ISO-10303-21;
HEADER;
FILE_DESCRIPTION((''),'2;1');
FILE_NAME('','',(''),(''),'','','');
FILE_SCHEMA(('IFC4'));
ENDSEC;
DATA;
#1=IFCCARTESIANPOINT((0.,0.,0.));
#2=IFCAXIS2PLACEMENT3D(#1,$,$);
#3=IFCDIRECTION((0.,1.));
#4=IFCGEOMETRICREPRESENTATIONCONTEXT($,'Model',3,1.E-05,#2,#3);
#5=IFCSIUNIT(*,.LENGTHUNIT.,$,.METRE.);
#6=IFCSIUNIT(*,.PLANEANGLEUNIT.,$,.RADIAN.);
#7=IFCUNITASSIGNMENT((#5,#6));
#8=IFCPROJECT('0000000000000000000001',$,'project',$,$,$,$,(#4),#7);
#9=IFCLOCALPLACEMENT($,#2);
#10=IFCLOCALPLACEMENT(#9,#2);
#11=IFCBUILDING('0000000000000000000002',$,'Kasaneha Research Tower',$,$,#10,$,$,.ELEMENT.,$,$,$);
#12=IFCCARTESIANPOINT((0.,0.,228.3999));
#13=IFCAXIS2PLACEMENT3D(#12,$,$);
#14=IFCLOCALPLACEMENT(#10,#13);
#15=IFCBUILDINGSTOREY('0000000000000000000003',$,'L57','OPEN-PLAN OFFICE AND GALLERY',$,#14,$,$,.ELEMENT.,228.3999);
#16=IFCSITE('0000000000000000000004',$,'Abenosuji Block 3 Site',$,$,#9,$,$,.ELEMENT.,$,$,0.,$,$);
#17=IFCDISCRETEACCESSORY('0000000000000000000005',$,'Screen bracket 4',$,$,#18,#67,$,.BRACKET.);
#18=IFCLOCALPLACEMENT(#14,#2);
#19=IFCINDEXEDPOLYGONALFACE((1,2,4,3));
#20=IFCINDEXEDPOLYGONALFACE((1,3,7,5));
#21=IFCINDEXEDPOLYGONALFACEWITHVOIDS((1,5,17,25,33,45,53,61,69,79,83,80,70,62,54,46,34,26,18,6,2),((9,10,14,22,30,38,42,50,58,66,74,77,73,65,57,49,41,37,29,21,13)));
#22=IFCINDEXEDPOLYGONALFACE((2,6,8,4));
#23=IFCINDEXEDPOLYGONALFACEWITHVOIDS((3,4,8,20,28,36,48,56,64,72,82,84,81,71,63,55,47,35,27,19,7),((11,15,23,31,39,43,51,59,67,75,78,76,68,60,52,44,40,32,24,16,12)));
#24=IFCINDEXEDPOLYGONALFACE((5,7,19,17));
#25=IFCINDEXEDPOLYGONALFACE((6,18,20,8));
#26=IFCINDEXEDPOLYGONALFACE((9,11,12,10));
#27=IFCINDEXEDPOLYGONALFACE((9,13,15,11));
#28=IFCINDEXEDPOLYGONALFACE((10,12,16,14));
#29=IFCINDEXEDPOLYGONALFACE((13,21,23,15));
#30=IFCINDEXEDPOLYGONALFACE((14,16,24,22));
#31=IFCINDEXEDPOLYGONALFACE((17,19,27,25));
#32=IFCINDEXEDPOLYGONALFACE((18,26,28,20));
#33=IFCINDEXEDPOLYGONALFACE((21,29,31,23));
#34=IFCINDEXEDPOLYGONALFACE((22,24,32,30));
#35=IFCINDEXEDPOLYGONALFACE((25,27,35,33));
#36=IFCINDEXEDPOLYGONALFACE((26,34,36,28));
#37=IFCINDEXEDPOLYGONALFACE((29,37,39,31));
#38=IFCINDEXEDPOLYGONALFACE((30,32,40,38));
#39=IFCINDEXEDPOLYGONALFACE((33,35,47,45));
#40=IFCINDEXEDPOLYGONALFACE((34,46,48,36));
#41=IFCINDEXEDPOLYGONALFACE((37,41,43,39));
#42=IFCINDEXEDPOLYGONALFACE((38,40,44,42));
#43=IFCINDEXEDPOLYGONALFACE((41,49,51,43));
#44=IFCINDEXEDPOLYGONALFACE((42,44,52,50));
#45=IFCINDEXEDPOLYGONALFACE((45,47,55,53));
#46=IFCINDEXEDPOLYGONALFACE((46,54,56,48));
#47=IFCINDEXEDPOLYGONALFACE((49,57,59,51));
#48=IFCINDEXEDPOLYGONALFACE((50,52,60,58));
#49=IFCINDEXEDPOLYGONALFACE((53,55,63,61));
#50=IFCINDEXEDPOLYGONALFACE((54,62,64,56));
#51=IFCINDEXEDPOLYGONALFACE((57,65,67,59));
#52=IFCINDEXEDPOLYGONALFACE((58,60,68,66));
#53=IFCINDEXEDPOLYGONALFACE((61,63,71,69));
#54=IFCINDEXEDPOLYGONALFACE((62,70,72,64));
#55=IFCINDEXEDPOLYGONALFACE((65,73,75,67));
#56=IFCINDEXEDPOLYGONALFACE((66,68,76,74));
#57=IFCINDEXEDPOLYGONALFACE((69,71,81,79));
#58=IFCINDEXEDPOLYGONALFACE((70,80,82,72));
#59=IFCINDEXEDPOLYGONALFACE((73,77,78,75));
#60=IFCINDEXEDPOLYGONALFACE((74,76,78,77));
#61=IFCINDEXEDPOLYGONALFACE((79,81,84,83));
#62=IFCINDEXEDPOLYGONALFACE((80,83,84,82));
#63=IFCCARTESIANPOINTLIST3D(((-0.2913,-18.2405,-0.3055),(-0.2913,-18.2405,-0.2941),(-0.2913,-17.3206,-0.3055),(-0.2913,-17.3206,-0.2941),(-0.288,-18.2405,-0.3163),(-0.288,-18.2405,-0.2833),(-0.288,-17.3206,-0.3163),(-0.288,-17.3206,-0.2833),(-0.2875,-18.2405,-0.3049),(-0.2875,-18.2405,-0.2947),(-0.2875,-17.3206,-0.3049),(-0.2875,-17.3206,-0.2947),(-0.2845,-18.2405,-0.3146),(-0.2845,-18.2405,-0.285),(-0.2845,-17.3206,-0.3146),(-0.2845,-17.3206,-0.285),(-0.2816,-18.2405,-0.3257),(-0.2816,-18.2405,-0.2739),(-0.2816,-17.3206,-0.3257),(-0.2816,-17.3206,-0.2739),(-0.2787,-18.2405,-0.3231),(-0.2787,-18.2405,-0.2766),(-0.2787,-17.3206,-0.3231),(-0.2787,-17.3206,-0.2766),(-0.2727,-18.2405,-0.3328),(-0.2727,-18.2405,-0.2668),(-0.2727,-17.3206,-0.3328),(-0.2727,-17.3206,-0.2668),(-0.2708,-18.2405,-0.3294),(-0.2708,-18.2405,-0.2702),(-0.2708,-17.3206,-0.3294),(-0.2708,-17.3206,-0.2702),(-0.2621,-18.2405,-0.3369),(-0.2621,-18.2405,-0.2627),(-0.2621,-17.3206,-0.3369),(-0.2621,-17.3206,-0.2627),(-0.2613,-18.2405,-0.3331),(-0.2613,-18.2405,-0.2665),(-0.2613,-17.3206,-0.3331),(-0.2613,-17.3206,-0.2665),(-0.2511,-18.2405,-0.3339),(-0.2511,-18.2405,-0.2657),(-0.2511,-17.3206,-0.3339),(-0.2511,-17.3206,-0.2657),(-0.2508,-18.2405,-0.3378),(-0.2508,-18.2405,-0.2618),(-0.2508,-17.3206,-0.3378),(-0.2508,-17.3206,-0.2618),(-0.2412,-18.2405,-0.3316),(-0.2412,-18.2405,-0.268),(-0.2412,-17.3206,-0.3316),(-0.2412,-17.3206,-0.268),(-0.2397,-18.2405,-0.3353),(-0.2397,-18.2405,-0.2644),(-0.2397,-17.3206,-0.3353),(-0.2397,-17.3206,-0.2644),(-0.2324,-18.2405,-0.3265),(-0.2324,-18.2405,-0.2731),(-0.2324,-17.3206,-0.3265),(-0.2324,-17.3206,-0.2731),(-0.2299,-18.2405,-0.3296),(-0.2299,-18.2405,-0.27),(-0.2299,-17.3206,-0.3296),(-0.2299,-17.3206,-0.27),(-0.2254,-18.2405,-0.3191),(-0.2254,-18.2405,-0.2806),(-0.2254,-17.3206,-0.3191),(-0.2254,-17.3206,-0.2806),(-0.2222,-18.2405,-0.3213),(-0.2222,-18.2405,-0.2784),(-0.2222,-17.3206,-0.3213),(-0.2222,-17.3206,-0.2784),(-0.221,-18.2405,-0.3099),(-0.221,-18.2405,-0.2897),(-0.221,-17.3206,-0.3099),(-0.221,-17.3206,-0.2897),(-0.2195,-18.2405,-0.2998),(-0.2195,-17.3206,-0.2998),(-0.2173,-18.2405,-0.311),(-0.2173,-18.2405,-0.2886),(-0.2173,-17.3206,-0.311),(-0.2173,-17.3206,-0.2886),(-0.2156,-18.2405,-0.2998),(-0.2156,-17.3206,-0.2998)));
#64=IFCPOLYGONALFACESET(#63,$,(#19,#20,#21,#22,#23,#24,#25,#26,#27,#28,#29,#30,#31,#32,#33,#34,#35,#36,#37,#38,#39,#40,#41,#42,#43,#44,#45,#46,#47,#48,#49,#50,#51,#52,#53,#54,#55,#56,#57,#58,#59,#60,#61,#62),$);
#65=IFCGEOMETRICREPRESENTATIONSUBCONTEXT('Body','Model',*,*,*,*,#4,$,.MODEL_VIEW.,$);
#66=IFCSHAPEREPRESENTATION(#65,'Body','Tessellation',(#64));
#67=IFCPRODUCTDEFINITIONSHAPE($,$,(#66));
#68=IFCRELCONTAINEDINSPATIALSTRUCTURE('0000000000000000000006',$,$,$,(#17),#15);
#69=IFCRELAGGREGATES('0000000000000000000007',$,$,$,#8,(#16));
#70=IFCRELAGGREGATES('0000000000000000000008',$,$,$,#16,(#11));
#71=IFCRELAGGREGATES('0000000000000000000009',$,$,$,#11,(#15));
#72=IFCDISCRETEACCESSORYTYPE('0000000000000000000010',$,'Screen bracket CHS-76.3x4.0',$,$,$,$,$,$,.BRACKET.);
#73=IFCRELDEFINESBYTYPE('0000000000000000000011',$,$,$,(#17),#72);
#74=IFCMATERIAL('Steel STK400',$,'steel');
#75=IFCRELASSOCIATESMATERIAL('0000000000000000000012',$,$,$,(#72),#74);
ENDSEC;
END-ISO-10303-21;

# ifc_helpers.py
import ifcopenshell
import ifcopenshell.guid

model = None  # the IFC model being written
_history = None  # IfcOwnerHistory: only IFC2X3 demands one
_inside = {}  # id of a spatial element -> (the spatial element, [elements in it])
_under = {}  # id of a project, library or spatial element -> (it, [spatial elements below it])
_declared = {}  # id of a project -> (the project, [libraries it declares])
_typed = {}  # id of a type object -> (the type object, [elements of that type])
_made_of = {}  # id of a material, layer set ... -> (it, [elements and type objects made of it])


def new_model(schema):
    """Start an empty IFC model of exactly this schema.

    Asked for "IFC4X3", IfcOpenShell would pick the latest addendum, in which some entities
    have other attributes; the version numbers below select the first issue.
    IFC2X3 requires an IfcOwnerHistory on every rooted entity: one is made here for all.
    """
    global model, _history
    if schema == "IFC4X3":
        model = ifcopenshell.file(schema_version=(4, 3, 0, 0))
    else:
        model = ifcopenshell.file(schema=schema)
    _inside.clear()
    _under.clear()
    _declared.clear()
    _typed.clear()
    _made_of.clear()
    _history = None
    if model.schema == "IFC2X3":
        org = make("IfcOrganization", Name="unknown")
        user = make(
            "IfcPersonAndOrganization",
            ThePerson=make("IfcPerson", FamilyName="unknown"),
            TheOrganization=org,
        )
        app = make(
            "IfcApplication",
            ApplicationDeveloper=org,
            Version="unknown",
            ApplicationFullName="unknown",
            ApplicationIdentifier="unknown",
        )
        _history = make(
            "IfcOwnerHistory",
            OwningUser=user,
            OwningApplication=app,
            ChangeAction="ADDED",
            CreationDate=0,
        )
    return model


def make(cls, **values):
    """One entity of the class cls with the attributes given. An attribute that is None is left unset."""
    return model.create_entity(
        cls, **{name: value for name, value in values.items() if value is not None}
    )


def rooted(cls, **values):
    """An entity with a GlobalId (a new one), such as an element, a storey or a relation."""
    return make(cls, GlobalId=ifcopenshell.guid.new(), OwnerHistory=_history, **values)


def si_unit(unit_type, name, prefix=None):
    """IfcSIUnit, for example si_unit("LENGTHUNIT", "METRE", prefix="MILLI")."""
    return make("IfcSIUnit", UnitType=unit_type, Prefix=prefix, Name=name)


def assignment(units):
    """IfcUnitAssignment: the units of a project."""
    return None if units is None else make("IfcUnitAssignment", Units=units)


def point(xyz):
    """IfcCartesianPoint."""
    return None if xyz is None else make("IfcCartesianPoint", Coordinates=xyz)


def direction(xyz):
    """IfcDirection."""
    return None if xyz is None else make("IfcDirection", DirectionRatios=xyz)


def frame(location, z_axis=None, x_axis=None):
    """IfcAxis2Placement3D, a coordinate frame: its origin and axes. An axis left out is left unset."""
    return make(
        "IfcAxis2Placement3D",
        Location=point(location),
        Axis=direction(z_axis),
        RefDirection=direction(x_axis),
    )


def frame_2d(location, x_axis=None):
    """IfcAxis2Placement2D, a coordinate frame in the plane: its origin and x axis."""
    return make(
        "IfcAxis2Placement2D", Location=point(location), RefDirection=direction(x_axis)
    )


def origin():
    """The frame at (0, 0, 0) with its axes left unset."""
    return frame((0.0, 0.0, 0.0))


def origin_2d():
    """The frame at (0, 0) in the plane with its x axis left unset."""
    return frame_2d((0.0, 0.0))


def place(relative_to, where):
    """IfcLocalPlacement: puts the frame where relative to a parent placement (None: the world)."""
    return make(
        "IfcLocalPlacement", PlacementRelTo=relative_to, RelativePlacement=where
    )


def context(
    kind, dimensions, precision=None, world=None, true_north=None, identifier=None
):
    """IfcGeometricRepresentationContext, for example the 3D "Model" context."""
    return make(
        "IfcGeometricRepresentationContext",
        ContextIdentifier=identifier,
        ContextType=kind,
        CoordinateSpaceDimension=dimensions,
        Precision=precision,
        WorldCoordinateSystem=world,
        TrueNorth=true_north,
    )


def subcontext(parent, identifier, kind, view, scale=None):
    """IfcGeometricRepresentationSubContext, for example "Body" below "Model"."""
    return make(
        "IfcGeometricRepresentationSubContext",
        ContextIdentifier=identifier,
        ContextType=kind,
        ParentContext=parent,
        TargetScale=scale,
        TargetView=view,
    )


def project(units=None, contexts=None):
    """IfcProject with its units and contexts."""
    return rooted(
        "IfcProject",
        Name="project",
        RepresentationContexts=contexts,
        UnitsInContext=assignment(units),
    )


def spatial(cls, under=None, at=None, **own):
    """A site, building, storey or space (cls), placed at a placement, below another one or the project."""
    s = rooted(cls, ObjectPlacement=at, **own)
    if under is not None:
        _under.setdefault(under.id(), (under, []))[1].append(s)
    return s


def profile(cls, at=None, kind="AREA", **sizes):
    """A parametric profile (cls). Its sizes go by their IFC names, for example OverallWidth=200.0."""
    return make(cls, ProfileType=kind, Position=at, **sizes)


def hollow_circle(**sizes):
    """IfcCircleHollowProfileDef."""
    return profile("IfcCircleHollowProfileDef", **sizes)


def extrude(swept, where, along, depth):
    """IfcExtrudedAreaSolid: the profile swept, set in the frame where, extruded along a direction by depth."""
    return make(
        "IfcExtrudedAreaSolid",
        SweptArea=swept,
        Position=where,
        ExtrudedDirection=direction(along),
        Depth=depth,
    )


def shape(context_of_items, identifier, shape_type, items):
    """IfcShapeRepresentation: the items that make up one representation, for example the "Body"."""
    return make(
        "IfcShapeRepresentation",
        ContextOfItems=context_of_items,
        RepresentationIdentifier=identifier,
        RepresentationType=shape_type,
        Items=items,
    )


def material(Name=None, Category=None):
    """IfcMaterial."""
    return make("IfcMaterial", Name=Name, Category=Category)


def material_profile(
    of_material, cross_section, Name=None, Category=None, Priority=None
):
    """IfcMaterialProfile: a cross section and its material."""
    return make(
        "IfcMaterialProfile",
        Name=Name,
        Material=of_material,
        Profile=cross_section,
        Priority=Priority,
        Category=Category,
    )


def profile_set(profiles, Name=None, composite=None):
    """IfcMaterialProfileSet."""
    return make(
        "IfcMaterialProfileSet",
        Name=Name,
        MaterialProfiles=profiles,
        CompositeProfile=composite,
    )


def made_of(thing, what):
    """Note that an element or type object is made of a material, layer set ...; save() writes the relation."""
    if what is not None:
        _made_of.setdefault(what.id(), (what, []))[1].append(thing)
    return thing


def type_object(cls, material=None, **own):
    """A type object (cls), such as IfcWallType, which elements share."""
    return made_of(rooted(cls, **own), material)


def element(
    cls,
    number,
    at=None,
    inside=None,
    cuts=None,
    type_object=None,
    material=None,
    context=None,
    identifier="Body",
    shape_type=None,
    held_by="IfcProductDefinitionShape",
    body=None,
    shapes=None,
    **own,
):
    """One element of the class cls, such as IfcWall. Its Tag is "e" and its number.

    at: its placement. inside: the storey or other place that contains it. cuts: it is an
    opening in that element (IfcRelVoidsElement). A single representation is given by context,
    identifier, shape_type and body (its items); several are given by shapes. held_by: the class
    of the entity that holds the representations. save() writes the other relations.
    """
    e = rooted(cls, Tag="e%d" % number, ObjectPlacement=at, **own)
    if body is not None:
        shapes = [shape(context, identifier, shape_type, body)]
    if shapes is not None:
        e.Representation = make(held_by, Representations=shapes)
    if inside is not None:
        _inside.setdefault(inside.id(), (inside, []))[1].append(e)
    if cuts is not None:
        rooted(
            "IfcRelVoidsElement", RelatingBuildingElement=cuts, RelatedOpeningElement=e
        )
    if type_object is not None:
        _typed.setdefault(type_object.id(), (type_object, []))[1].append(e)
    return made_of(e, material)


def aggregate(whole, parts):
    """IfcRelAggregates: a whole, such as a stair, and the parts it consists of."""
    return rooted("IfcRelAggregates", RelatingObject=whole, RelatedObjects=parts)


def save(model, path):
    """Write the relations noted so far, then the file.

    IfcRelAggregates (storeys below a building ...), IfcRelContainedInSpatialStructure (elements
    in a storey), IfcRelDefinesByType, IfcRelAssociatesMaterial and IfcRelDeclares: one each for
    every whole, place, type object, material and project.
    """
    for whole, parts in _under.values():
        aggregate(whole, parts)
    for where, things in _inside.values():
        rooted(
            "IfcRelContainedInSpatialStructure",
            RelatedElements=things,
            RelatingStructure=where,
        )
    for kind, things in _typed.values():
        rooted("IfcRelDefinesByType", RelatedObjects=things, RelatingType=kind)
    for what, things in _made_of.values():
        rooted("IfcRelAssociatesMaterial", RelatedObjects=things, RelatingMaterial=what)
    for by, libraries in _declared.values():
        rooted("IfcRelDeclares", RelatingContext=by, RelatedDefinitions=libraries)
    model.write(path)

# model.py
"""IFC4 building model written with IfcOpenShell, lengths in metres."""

from ifc_helpers import new_model, si_unit, direction, frame, origin, origin_2d, place, context, subcontext, project, spatial, hollow_circle, extrude, material, material_profile, profile_set, type_object, element, save


model = new_model("IFC4")

# Units and contexts
model_context = context("Model", 3, precision=1e-05, world=origin(), true_north=direction((0.0, 1.0)))
body_context = subcontext(model_context, "Body", "Model", "MODEL_VIEW")
ifc_project = project(units=[si_unit("LENGTHUNIT", "METRE"), si_unit("PLANEANGLEUNIT", "RADIAN")], contexts=[model_context])

# Site, building, storey
site_placement = place(None, origin())
site = spatial("IfcSite", under=ifc_project, at=site_placement, Name="Abenosuji Block 3 Site", CompositionType="ELEMENT", RefElevation=0.0)
building_placement = place(site_placement, origin())
building = spatial("IfcBuilding", under=site, at=building_placement, Name="Kasaneha Research Tower", CompositionType="ELEMENT")
storey_placement = place(building_placement, frame((0.0, 0.0, 228.3999)))
storey = spatial("IfcBuildingStorey", under=building, at=storey_placement, Name="L57", Description="OPEN-PLAN OFFICE AND GALLERY", CompositionType="ELEMENT", Elevation=228.3999)

# Discrete accessory
ifc_material_1 = material(Name="Steel STK400", Category="steel")
ifc_material_profile_1 = material_profile(ifc_material_1, hollow_circle(Radius=0.0381, WallThickness=0.0039, at=origin_2d()), Name="CHS-76.3x4.0")
ifc_profile_set_1 = profile_set([ifc_material_profile_1], Name="Steel STK400")
discrete_accessory_type = type_object("IfcDiscreteAccessoryType", Name="Screen bracket CHS-76.3x4.0", PredefinedType="BRACKET", material=ifc_profile_set_1)
for number, where, z_axis, x_axis, name in (
    (1, (-0.2537, -17.3206, -0.2998), (0.0, -1.0, 0.0), (1.0, 0.0, 0.0), "Screen bracket 4"),
):
    element("IfcDiscreteAccessory", number, at=place(storey_placement, frame(where, z_axis=z_axis, x_axis=x_axis)), inside=storey, type_object=discrete_accessory_type, Name=name, PredefinedType="BRACKET", context=body_context, shape_type="SweptSolid", body=[
        extrude(hollow_circle(Radius=0.0381, WallThickness=0.0039, at=origin_2d()), origin(), (0.0, 0.0, 1.0), 0.9199),
    ])

save(model, "model.ifc")
